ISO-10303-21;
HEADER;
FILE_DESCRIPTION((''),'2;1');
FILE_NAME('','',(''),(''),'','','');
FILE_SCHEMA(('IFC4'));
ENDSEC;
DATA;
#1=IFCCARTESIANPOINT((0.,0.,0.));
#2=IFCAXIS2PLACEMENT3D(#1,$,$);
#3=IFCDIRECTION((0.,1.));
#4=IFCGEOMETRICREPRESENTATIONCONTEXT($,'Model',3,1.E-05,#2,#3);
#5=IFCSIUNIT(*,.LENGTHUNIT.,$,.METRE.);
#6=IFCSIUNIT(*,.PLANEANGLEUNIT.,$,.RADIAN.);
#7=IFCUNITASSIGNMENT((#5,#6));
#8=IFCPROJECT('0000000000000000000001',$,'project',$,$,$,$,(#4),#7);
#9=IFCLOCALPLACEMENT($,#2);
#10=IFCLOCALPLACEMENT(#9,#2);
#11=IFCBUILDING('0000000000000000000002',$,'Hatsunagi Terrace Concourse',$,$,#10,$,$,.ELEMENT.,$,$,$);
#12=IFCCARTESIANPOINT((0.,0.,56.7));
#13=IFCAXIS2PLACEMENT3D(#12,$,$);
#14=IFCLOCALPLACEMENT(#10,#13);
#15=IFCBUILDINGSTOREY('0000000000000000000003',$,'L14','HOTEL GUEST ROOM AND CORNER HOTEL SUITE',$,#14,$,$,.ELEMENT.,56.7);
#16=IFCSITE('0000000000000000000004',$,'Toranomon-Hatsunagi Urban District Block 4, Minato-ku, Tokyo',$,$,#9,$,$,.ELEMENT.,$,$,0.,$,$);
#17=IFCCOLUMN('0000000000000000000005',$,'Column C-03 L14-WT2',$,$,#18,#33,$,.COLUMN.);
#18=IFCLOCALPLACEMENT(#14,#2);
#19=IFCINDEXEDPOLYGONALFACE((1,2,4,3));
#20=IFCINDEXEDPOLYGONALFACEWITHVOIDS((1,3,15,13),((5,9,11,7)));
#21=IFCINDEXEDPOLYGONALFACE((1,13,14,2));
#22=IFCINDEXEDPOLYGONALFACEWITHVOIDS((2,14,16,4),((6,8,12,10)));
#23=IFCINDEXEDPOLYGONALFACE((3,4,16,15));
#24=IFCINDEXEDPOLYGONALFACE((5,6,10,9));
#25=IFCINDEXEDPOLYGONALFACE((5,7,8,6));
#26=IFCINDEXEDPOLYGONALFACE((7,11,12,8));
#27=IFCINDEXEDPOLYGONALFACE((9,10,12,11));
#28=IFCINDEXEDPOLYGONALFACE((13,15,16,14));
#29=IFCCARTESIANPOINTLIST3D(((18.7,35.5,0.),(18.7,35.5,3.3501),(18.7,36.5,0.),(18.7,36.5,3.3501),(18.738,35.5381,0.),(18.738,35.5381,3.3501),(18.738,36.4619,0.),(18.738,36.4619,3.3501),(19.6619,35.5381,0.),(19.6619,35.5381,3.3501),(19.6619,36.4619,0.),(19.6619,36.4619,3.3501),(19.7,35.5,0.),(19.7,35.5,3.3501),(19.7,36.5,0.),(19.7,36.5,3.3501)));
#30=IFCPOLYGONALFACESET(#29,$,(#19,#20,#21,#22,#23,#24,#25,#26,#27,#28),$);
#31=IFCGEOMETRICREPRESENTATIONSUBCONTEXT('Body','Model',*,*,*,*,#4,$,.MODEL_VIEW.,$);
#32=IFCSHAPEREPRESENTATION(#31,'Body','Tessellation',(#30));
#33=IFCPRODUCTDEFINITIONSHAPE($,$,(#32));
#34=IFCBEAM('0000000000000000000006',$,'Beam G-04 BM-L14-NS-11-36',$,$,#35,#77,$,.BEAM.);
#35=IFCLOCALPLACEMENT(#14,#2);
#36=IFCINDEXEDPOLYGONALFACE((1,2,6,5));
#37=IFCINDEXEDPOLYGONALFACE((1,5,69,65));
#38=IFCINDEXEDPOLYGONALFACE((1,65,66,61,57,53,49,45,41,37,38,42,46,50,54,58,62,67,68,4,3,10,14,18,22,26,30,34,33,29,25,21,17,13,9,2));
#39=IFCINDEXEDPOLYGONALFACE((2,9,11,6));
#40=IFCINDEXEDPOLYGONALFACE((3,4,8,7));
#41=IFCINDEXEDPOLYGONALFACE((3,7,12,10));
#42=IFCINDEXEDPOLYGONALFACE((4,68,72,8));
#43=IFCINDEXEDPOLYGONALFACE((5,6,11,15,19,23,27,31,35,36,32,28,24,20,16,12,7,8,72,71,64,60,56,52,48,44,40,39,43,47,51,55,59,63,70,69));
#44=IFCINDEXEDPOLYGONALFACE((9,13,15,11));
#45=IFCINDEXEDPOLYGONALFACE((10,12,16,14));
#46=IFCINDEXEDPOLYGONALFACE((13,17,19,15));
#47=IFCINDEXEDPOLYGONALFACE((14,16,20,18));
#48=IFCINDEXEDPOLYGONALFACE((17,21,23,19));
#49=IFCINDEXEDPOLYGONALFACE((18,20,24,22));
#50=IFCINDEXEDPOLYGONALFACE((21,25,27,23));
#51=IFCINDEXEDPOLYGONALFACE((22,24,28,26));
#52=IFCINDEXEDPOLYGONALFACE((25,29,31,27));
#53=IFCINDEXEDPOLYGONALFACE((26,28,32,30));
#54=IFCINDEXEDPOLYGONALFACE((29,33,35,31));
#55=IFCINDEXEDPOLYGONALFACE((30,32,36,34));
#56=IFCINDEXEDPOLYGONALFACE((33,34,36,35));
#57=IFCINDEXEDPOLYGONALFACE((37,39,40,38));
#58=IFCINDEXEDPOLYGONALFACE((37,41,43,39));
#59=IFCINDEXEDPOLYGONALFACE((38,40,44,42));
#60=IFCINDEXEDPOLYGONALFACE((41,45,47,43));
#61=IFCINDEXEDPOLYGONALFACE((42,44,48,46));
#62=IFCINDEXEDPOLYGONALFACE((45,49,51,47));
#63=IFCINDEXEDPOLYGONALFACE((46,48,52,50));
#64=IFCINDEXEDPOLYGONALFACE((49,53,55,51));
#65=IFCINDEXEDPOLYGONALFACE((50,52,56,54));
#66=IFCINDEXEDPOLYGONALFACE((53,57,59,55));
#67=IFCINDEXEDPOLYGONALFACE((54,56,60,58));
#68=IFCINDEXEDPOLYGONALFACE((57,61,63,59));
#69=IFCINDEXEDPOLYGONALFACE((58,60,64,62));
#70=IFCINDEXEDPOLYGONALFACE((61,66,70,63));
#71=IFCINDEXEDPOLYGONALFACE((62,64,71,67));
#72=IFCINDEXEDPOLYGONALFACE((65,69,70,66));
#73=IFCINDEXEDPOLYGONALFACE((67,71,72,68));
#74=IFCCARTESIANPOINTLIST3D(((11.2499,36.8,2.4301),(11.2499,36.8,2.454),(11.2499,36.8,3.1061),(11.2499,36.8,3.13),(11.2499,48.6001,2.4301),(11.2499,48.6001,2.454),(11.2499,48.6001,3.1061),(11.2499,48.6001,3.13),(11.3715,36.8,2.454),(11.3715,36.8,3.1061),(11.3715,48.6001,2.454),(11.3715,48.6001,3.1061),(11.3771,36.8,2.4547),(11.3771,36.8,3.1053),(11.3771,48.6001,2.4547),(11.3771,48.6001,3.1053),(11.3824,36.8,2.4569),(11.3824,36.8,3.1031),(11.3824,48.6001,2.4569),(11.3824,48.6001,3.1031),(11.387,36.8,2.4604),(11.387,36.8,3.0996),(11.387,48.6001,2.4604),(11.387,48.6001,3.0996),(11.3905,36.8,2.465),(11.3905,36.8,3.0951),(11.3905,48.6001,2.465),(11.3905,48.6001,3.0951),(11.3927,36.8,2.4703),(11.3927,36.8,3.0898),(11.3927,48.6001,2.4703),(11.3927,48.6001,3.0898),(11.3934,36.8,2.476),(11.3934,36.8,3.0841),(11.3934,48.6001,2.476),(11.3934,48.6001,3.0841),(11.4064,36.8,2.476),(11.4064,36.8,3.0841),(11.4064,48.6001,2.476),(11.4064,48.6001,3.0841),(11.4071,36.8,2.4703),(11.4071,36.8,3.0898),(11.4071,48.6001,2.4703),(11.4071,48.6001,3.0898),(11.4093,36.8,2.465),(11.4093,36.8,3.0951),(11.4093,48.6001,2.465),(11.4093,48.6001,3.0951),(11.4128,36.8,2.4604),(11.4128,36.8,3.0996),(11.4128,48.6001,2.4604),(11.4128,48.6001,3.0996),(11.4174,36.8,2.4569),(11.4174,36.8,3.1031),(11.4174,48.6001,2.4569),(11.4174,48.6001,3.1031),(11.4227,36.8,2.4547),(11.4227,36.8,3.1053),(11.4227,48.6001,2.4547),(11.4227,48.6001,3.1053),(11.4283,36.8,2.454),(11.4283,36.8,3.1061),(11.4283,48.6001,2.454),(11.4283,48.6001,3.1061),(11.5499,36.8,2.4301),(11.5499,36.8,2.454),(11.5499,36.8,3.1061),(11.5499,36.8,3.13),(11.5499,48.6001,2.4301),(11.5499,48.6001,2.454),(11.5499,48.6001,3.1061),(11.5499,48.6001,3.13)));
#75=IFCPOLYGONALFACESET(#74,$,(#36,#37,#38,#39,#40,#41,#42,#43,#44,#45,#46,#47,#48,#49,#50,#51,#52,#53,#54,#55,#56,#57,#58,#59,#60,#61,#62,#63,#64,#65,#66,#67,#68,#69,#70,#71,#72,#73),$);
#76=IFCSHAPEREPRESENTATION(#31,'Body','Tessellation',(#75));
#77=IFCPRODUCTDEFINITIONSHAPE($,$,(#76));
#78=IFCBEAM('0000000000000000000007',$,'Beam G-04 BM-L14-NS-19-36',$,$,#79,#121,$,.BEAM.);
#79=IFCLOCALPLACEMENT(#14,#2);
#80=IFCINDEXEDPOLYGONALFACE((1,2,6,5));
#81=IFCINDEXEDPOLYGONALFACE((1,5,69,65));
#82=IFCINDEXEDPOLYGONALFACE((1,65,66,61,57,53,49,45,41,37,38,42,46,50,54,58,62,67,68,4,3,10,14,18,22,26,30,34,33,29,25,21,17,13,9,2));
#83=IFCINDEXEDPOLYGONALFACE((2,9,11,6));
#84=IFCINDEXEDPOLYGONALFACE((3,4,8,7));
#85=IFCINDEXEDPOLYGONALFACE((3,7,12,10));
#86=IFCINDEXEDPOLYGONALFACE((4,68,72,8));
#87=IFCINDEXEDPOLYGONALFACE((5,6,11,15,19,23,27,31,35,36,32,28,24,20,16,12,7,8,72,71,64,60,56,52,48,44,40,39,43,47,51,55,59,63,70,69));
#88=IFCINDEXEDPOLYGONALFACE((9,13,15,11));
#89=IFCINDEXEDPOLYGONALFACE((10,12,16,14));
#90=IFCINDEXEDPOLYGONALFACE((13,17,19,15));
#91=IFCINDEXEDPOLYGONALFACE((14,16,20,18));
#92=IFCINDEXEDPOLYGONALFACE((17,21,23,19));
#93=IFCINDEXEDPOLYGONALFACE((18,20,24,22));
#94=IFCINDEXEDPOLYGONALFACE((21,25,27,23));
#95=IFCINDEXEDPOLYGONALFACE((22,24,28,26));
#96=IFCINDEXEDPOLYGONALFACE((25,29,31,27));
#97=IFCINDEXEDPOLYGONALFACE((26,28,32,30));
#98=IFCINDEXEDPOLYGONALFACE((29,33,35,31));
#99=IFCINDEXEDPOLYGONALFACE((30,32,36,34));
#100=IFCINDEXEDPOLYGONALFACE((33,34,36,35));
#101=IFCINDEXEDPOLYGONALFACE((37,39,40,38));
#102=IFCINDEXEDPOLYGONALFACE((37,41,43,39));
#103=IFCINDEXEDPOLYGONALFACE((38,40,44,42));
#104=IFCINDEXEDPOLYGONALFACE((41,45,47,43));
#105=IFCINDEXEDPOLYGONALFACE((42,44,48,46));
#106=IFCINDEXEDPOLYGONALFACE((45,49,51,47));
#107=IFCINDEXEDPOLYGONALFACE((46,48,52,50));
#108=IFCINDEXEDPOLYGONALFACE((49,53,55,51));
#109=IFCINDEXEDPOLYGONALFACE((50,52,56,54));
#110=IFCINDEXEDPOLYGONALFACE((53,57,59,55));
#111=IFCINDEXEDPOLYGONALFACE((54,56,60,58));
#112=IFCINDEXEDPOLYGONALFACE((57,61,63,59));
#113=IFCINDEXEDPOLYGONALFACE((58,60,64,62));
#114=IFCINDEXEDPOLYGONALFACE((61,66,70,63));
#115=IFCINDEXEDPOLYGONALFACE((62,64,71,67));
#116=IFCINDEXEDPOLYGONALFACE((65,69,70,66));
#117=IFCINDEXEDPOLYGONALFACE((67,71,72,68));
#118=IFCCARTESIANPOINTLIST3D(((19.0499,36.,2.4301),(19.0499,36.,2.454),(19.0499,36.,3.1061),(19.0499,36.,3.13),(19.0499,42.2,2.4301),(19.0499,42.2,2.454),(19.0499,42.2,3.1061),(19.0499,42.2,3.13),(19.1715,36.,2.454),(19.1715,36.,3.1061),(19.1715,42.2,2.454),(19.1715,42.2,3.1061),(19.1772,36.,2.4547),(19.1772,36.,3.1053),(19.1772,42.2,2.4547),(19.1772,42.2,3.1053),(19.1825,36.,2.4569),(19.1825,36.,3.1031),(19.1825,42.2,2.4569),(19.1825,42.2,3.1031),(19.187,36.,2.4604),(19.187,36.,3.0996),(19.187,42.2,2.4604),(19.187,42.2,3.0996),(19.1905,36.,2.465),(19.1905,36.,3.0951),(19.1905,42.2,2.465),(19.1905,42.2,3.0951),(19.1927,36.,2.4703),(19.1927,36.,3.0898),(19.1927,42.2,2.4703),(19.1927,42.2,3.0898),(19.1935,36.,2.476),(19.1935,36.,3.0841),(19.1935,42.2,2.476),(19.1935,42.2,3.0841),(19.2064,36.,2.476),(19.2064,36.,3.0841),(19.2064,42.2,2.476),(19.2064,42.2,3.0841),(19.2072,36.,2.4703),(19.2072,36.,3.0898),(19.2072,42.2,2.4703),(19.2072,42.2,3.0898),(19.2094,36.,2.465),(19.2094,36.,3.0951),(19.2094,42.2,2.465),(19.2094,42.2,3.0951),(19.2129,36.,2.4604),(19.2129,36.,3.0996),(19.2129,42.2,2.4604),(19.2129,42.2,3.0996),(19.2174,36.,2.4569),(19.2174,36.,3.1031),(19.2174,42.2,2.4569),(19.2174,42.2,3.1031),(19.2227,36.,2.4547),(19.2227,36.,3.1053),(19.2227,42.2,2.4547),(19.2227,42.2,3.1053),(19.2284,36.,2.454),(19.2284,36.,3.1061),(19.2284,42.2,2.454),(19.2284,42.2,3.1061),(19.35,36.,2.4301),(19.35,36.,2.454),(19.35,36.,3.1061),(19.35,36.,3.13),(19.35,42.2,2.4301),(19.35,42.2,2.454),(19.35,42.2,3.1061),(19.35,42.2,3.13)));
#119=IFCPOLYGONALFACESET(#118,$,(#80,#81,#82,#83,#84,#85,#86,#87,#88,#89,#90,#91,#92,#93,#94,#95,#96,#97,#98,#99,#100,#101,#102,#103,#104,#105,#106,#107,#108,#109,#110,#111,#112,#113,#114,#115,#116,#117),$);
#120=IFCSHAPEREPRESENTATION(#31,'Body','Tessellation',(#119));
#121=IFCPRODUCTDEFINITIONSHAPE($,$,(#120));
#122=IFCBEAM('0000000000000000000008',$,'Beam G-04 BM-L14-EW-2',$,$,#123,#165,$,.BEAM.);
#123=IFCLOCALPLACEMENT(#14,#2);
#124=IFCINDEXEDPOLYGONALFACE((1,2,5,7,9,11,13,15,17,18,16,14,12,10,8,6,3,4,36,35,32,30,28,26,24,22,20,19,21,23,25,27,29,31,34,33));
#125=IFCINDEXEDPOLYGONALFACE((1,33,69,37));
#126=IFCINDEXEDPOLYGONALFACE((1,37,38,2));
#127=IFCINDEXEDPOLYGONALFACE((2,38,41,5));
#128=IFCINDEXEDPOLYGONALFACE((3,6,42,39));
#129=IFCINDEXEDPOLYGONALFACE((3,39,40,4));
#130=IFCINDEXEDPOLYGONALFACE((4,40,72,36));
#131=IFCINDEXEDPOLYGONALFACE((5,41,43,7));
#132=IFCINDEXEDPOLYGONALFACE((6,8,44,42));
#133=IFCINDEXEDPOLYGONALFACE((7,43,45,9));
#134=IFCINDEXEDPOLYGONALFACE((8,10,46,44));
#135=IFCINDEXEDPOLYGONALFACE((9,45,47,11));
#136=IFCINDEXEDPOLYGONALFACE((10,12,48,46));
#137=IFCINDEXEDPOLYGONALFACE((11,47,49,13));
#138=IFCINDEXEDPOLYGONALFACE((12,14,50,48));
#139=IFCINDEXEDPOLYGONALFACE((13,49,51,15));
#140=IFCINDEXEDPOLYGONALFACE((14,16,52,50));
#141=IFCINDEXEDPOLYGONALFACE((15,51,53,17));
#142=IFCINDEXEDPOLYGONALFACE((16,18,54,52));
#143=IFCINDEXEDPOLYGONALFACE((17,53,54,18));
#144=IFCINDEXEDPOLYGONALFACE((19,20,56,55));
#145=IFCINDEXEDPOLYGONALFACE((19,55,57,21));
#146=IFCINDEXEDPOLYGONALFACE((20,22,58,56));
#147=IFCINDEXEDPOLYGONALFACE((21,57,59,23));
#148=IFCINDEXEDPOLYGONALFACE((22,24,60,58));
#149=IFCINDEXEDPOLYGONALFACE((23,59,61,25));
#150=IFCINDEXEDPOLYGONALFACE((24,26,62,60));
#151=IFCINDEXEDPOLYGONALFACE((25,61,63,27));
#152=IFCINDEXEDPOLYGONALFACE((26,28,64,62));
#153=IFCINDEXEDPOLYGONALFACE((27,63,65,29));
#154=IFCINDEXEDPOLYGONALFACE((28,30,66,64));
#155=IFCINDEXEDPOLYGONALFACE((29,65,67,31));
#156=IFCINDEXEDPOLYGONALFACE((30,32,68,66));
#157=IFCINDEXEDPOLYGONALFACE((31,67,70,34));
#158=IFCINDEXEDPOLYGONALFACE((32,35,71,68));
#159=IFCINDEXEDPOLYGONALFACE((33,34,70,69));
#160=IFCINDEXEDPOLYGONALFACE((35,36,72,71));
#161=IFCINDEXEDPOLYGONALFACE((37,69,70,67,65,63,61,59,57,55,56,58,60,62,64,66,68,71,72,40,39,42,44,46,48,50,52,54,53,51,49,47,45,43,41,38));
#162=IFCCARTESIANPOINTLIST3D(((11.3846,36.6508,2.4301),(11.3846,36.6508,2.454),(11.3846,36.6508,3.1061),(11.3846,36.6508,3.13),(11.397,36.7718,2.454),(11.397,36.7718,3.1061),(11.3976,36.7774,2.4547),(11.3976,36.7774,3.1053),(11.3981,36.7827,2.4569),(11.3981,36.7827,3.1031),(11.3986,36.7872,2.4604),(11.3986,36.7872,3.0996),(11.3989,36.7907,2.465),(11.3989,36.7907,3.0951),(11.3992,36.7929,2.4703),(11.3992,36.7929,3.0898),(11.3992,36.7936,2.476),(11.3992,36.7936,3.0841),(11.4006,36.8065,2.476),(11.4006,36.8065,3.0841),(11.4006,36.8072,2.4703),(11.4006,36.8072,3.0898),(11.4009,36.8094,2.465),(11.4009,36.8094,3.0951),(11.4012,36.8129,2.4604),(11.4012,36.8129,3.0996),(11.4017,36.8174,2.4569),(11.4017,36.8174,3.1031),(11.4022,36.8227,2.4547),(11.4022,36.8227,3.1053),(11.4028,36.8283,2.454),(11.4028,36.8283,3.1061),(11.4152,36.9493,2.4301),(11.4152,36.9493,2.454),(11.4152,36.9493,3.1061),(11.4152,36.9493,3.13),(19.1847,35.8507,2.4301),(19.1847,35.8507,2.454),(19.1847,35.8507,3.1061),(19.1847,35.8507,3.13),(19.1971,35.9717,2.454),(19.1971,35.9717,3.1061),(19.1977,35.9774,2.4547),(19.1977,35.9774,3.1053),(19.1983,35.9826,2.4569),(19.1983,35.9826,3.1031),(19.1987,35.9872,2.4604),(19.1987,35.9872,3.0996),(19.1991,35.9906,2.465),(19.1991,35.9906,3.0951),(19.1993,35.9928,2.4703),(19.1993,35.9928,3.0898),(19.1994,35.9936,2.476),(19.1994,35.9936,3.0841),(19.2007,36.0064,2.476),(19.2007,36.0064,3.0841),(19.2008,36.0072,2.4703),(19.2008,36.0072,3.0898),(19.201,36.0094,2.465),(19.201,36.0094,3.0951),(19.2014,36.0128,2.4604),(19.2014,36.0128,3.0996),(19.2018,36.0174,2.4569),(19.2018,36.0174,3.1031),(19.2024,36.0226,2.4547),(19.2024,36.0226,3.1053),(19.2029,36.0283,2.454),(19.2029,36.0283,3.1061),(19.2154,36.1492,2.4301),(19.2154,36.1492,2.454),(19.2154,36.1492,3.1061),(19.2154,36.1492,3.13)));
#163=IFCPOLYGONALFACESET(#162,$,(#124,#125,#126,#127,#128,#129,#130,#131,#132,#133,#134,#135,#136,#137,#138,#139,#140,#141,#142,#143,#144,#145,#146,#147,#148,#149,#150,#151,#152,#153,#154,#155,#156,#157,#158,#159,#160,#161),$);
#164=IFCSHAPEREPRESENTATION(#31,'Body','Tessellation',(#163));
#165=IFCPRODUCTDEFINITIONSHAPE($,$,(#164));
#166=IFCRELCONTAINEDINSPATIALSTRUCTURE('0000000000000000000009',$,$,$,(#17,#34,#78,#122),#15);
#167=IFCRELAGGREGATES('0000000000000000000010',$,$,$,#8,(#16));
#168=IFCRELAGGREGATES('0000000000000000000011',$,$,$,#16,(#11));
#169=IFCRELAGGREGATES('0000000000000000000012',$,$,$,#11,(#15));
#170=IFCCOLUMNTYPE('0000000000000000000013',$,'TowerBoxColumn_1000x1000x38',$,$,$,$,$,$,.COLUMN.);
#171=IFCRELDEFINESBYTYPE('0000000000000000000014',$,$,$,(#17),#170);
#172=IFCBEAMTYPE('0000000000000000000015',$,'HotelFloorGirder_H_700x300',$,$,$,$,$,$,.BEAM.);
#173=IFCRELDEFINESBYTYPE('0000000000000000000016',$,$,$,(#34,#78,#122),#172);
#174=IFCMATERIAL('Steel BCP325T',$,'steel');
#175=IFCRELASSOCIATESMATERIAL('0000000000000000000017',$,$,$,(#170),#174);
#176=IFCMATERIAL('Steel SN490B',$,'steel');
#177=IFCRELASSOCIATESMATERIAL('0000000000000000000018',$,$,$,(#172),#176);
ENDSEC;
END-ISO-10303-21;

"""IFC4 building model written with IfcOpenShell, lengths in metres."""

from ifc_helpers import new_model, si_unit, direction, frame, origin, origin_2d, place, context, subcontext, project, spatial, hollow_rectangle, i_section, extrude, material, material_profile, profile_set, type_object, element, save


model = new_model("IFC4")

# Units and contexts
model_context = context("Model", 3, precision=1e-05, world=origin(), true_north=direction((0.0, 1.0)))
body_context = subcontext(model_context, "Body", "Model", "MODEL_VIEW")
ifc_project = project(units=[si_unit("LENGTHUNIT", "METRE"), si_unit("PLANEANGLEUNIT", "RADIAN")], contexts=[model_context])

# Site, building, storey
site_placement = place(None, origin())
site = spatial("IfcSite", under=ifc_project, at=site_placement, Name="Toranomon-Hatsunagi Urban District Block 4, Minato-ku, Tokyo", CompositionType="ELEMENT", RefElevation=0.0)
building_placement = place(site_placement, origin())
building = spatial("IfcBuilding", under=site, at=building_placement, Name="Hatsunagi Terrace Concourse", CompositionType="ELEMENT")
storey_placement = place(building_placement, frame((0.0, 0.0, 56.7)))
storey = spatial("IfcBuildingStorey", under=building, at=storey_placement, Name="L14", Description="HOTEL GUEST ROOM AND CORNER HOTEL SUITE", CompositionType="ELEMENT", Elevation=56.7)

# Column
ifc_material_1 = material(Name="Steel BCP325T", Category="steel")
ifc_material_profile_1 = material_profile(ifc_material_1, hollow_rectangle(XDim=1.0, YDim=1.0, WallThickness=0.0381, at=origin_2d()), Name="BCP-1000x1000x38")
ifc_profile_set_1 = profile_set([ifc_material_profile_1], Name="Steel BCP325T")
column_type = type_object("IfcColumnType", Name="TowerBoxColumn_1000x1000x38", PredefinedType="COLUMN", material=ifc_profile_set_1)
column_placement = place(storey_placement, frame((19.2, 36.0, 0.0), z_axis=(0.0, 0.0, 1.0), x_axis=(1.0, 0.0, 0.0)))
element("IfcColumn", 1, at=column_placement, inside=storey, type_object=column_type, Name="Column C-03 L14-WT2", PredefinedType="COLUMN", context=body_context, shape_type="SweptSolid", body=[
    extrude(hollow_rectangle(XDim=1.0, YDim=1.0, WallThickness=0.0381, at=origin_2d()), origin(), (0.0, 0.0, 1.0), 3.3501),
])

# Beams
ifc_material_2 = material(Name="Steel SN490B", Category="steel")
ifc_material_profile_2 = material_profile(ifc_material_2, i_section(OverallWidth=0.3, OverallDepth=0.7, WebThickness=0.0129, FlangeThickness=0.0239, FilletRadius=0.022, at=origin_2d()), Name="H-700x300x13x24")
ifc_profile_set_2 = profile_set([ifc_material_profile_2], Name="Steel SN490B")
beam_type_1 = type_object("IfcBeamType", Name="HotelFloorGirder_H_700x300", PredefinedType="BEAM", material=ifc_profile_set_2)
beam_1_placement = place(storey_placement, frame((11.3999, 36.8, 2.78), z_axis=(0.0, 1.0, 0.0), x_axis=(-1.0, 0.0, 0.0)))
element("IfcBeam", 2, at=beam_1_placement, inside=storey, type_object=beam_type_1, Name="Beam G-04 BM-L14-NS-11-36", PredefinedType="BEAM", context=body_context, shape_type="SweptSolid", body=[
    extrude(i_section(OverallWidth=0.3, OverallDepth=0.7, WebThickness=0.0129, FlangeThickness=0.0239, FilletRadius=0.022, at=origin_2d()), origin(), (0.0, 0.0, 1.0), 11.8),
])
beam_2_placement = place(storey_placement, frame((19.2, 36.0, 2.78), z_axis=(0.0, 1.0, 0.0), x_axis=(-1.0, 0.0, 0.0)))
element("IfcBeam", 3, at=beam_2_placement, inside=storey, type_object=beam_type_1, Name="Beam G-04 BM-L14-NS-19-36", PredefinedType="BEAM", context=body_context, shape_type="SweptSolid", body=[
    extrude(i_section(OverallWidth=0.3, OverallDepth=0.7, WebThickness=0.0129, FlangeThickness=0.0239, FilletRadius=0.022, at=origin_2d()), origin(), (0.0, 0.0, 1.0), 6.2),
])
beam_3_placement = place(storey_placement, frame((11.3999, 36.8, 2.78), z_axis=(0.994781, -0.102034, 0.0), x_axis=(0.102034, 0.994781, 0.0)))
element("IfcBeam", 4, at=beam_3_placement, inside=storey, type_object=beam_type_1, Name="Beam G-04 BM-L14-EW-2", PredefinedType="BEAM", context=body_context, shape_type="SweptSolid", body=[
    extrude(i_section(OverallWidth=0.3, OverallDepth=0.7, WebThickness=0.0129, FlangeThickness=0.0239, FilletRadius=0.022, at=origin_2d()), origin(), (0.0, 0.0, 1.0), 7.8411),
])

save(model, "model.ifc")
